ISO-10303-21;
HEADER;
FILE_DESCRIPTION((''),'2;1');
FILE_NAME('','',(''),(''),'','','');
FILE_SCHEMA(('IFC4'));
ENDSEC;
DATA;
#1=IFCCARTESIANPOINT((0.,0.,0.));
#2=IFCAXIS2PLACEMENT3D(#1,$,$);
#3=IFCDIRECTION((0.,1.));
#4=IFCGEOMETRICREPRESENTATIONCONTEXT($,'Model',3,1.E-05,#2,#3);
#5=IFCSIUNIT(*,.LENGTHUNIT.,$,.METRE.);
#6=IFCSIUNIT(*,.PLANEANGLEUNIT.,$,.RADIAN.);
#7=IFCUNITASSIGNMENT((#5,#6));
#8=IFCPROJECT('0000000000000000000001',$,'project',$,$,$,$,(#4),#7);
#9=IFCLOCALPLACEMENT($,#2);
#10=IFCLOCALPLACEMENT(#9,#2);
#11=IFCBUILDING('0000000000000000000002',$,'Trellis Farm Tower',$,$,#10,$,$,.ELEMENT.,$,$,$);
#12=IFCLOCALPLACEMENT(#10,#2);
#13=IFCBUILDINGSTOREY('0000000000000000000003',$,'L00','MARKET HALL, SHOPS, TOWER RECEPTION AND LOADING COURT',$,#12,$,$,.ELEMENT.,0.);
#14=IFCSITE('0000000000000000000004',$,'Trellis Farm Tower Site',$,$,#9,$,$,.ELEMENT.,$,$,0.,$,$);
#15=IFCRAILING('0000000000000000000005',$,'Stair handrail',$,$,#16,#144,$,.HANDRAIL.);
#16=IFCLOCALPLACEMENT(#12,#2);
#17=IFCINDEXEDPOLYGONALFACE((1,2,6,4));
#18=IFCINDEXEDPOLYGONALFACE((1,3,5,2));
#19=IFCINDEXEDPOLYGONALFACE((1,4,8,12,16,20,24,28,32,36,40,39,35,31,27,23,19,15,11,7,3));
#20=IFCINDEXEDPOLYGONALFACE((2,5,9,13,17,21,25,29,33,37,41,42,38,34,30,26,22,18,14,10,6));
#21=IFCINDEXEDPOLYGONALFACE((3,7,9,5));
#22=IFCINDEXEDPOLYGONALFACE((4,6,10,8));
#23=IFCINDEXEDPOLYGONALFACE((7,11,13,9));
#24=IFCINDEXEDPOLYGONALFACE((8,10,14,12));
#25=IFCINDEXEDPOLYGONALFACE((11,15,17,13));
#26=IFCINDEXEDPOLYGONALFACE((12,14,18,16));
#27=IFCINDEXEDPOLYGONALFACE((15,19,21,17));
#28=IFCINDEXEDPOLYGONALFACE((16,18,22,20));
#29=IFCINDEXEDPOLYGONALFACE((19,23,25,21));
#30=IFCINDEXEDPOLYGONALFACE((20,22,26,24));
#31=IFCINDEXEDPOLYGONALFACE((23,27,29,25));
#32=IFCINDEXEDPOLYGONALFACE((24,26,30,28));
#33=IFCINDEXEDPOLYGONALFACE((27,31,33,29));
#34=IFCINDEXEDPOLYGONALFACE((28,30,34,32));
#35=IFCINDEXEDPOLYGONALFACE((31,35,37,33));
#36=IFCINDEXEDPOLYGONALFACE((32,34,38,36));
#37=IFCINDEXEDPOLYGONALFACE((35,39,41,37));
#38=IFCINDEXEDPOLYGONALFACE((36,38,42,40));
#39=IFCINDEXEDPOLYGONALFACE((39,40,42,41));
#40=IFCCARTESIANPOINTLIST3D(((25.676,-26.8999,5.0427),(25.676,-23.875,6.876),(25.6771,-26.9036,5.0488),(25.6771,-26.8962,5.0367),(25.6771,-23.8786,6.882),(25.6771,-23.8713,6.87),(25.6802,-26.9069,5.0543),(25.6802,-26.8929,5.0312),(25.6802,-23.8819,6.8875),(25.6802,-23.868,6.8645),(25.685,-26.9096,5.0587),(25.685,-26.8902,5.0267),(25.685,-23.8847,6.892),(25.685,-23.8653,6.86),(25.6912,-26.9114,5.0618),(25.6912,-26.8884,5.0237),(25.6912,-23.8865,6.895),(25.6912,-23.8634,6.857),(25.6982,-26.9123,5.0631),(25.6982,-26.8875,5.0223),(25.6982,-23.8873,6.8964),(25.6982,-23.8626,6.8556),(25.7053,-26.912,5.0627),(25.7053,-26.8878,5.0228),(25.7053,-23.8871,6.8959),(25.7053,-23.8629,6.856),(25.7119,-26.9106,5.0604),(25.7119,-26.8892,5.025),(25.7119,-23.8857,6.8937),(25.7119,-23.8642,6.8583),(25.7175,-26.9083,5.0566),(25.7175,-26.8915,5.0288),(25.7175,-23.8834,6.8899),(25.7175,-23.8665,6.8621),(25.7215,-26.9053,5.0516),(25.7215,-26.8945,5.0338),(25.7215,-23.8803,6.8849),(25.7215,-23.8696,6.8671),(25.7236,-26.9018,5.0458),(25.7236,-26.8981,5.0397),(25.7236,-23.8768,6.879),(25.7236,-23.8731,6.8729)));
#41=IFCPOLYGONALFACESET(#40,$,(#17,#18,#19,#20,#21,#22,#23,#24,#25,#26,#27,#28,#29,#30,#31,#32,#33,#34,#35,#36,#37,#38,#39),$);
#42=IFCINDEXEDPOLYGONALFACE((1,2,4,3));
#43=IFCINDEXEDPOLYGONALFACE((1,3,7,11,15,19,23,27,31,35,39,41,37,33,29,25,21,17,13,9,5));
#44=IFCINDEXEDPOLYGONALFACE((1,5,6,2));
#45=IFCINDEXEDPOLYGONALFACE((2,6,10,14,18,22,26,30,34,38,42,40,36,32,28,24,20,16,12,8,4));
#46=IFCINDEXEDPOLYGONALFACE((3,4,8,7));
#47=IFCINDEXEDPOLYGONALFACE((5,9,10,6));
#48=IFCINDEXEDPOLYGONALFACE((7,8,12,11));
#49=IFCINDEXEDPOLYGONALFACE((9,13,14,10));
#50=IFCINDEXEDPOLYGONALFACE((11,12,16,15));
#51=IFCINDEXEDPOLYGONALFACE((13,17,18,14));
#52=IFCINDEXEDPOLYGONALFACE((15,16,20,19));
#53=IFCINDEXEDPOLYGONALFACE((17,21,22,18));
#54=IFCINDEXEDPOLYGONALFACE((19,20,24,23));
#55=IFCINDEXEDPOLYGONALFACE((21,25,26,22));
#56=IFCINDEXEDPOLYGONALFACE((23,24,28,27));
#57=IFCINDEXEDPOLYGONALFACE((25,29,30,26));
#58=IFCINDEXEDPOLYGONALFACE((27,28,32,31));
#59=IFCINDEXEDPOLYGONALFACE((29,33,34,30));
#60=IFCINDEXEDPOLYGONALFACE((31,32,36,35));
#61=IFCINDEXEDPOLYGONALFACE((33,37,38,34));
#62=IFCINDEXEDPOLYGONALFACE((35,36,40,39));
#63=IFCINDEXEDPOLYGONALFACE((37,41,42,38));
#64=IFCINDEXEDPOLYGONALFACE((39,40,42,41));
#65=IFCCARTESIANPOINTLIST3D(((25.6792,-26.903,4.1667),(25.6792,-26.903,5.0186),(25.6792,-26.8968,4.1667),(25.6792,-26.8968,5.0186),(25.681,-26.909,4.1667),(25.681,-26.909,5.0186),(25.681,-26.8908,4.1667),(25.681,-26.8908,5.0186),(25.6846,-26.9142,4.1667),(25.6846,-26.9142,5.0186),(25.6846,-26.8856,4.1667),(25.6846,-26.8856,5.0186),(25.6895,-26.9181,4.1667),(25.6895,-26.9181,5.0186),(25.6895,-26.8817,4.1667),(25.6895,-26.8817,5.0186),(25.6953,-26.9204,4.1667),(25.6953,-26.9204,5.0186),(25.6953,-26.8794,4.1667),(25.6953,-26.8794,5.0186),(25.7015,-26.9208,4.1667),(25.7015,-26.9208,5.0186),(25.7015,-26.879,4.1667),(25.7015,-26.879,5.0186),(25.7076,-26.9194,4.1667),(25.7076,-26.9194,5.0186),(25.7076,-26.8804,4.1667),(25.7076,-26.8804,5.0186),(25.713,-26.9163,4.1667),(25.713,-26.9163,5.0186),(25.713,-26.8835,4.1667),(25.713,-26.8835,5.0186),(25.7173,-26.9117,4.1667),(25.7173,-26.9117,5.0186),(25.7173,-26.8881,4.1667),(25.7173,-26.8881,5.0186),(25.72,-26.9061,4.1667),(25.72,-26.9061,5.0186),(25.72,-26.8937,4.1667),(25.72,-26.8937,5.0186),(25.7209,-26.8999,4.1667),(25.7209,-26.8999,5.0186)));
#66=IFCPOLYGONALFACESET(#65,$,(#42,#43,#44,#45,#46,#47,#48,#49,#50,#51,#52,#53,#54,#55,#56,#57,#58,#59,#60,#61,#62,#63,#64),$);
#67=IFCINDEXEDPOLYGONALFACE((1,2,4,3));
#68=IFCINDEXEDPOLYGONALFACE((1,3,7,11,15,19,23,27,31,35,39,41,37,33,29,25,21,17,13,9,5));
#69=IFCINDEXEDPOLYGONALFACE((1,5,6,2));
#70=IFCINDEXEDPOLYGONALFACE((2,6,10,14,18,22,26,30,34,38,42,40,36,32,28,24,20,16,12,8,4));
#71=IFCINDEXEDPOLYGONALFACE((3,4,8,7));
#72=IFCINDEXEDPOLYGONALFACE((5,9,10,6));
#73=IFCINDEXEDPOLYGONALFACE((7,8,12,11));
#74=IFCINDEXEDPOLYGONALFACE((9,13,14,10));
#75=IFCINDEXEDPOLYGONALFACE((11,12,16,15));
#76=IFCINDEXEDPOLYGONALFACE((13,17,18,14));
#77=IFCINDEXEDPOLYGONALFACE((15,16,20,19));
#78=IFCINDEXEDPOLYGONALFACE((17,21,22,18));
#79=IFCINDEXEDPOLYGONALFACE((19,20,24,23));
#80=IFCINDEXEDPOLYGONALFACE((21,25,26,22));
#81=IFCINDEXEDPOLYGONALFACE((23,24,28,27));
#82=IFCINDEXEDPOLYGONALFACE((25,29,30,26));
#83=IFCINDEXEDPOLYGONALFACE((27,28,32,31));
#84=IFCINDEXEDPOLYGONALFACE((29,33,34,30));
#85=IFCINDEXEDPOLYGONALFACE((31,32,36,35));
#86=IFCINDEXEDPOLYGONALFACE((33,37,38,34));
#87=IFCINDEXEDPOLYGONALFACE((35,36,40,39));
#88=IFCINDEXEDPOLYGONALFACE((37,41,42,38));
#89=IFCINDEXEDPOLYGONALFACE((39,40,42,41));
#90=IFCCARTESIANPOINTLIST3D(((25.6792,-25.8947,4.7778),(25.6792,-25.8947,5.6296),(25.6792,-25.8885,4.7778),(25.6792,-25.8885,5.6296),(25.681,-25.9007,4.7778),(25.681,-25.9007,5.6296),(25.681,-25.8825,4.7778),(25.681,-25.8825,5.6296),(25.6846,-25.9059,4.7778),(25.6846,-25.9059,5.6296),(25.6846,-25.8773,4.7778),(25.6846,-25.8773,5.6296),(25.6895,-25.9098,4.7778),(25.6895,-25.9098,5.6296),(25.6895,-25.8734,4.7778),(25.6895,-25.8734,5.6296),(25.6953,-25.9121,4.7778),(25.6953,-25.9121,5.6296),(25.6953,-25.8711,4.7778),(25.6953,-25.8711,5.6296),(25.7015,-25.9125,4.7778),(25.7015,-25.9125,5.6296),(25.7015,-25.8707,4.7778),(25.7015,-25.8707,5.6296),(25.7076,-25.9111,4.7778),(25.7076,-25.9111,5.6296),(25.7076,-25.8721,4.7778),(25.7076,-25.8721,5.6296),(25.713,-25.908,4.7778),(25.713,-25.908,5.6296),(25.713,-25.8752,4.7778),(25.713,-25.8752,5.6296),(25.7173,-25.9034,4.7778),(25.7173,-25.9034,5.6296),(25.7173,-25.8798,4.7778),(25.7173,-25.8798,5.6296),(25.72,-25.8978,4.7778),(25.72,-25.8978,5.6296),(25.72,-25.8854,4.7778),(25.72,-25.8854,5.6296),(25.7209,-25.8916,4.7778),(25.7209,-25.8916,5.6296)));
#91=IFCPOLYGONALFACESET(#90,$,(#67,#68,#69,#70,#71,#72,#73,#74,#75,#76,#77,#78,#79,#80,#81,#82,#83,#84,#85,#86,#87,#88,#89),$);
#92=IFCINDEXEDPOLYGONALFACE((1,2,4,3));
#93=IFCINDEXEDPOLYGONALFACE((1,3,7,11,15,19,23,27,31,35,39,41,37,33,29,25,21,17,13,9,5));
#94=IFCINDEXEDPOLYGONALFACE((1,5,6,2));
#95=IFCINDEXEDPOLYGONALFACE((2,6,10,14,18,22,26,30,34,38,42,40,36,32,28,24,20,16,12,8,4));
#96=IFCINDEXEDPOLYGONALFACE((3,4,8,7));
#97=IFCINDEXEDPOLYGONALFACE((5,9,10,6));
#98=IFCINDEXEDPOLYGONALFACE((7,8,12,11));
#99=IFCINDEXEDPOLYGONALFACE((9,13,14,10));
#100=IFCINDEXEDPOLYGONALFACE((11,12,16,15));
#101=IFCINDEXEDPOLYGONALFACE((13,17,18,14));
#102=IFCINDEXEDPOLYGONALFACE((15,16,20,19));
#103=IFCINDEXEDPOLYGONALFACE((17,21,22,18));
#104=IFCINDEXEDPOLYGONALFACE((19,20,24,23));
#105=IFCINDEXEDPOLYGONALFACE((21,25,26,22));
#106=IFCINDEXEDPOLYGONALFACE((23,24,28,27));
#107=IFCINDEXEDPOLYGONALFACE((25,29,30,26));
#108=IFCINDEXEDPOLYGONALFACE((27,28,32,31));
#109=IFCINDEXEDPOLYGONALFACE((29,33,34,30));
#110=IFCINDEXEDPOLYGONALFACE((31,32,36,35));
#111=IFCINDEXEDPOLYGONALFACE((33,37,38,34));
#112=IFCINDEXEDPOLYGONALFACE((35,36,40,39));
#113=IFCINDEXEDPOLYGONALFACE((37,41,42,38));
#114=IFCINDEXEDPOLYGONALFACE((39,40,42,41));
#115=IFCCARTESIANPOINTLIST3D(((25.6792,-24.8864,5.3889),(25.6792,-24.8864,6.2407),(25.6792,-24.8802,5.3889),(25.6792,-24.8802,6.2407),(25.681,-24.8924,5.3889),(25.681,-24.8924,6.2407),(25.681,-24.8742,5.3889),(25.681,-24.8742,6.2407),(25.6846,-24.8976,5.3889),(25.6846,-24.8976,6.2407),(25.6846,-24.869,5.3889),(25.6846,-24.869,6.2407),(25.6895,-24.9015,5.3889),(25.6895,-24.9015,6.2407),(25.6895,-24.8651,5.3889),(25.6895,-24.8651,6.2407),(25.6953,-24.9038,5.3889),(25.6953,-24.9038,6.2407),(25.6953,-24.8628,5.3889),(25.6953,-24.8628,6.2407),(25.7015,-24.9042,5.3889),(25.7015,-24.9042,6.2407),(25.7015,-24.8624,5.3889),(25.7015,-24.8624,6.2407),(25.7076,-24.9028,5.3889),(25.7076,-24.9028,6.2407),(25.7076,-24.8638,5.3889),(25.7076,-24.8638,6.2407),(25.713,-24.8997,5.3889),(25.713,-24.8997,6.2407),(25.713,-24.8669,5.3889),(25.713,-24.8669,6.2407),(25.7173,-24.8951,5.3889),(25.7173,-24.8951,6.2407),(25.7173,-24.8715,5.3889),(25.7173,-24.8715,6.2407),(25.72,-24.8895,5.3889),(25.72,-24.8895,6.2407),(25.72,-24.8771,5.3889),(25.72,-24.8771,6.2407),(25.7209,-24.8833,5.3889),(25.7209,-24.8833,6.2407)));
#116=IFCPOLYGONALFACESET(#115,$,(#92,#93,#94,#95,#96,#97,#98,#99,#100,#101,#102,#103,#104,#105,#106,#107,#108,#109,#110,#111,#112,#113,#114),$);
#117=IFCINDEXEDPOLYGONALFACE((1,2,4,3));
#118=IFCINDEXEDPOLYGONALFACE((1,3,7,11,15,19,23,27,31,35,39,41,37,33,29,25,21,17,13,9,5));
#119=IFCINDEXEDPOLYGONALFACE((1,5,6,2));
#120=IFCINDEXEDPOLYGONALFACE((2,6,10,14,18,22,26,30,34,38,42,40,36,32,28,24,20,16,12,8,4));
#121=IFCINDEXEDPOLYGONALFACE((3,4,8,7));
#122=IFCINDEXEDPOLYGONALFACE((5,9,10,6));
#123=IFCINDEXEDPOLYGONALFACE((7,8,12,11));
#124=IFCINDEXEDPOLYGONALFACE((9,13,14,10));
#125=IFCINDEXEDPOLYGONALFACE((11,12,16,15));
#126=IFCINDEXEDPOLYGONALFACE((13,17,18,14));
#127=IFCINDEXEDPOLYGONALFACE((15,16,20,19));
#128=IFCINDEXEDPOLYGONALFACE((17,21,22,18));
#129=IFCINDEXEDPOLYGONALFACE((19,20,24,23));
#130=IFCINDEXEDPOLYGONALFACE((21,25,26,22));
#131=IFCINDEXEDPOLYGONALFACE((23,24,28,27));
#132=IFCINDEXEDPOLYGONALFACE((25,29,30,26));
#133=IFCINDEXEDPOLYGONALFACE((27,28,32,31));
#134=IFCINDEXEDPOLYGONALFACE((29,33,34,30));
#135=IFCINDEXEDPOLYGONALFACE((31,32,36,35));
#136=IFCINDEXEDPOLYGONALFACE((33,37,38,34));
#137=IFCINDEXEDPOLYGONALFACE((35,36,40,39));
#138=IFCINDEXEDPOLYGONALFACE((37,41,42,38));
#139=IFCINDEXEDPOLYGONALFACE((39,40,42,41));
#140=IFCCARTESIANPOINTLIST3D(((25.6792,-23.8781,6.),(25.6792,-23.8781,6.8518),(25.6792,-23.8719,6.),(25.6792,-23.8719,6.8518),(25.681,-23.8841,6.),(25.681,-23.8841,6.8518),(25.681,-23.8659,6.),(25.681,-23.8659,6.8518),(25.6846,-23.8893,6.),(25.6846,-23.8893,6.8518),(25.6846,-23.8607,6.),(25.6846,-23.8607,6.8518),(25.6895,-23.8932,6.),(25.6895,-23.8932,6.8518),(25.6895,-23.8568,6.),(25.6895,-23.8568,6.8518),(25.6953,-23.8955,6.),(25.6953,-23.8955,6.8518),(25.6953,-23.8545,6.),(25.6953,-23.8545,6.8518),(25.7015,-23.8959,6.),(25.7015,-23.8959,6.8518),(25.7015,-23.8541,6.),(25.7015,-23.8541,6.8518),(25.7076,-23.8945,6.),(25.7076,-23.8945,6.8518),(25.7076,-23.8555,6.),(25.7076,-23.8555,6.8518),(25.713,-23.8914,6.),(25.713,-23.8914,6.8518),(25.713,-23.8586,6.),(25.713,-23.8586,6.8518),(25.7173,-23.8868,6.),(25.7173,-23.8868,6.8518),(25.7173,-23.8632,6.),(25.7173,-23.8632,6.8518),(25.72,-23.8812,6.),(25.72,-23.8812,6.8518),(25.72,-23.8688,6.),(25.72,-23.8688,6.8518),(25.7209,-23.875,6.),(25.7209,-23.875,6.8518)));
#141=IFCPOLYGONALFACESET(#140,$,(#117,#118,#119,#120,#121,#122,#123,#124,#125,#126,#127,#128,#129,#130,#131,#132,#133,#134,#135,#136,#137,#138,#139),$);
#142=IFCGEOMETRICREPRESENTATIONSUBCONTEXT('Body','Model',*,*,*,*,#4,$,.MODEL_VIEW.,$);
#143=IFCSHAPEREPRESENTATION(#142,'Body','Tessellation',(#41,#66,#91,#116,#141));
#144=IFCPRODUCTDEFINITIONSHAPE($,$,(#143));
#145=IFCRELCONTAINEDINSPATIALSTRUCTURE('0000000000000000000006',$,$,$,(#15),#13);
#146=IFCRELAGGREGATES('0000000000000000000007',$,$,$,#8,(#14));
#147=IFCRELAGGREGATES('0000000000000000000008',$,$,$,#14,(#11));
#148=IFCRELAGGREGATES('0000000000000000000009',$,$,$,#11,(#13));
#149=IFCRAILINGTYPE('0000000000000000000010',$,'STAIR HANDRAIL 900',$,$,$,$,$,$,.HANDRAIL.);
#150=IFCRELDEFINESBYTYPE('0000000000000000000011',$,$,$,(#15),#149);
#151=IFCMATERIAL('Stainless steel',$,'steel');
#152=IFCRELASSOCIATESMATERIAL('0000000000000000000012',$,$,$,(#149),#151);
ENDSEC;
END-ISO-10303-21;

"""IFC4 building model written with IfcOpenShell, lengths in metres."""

from ifc_helpers import new_model, si_unit, direction, frame, origin, origin_2d, place, context, subcontext, project, spatial, circle, extrude, source, transform, mapped, material, type_object, element, save


model = new_model("IFC4")

# Units and contexts
model_context = context("Model", 3, precision=1e-05, world=origin(), true_north=direction((0.0, 1.0)))
body_context = subcontext(model_context, "Body", "Model", "MODEL_VIEW")
ifc_project = project(units=[si_unit("LENGTHUNIT", "METRE"), si_unit("PLANEANGLEUNIT", "RADIAN")], contexts=[model_context])

# Site, building, storey
site_placement = place(None, origin())
site = spatial("IfcSite", under=ifc_project, at=site_placement, Name="Trellis Farm Tower Site", CompositionType="ELEMENT", RefElevation=0.0)
building_placement = place(site_placement, origin())
building = spatial("IfcBuilding", under=site, at=building_placement, Name="Trellis Farm Tower", CompositionType="ELEMENT")
storey_placement = place(building_placement, origin())
storey = spatial("IfcBuildingStorey", under=building, at=storey_placement, Name="L00", Description="MARKET HALL, SHOPS, TOWER RECEPTION AND LOADING COURT", CompositionType="ELEMENT", Elevation=0.0)

# Railing
ifc_material_1 = material(Name="Stainless steel", Category="steel")
railing_type = type_object("IfcRailingType", Name="STAIR HANDRAIL 900", PredefinedType="HANDRAIL", material=ifc_material_1)
shared_shape_1 = source(origin(), body_context, "Body", "SweptSolid", [
    extrude(circle(Radius=0.0239, at=origin_2d()), frame((0.0, 0.0, 0.876), z_axis=(0.0, 0.855201, 0.518297), x_axis=(-1.0, 0.0, 0.0)), (0.0, 0.0, 1.0), 3.5371),
    extrude(circle(Radius=0.021, at=origin_2d()), origin(), (0.0, 0.0, 1.0), 0.8518),
    extrude(circle(Radius=0.021, at=origin_2d()), frame((0.0, 1.0083, 0.6111)), (0.0, 0.0, 1.0), 0.8518),
    extrude(circle(Radius=0.021, at=origin_2d()), frame((0.0, 2.0166, 1.2222)), (0.0, 0.0, 1.0), 0.8518),
    extrude(circle(Radius=0.021, at=origin_2d()), frame((0.0, 3.0249, 1.8333)), (0.0, 0.0, 1.0), 0.8518),
])
for number, where, name in (
    (1, (25.7, -26.8999, 4.1667), "Stair handrail"),
):
    element("IfcRailing", number, at=place(storey_placement, frame(where)), inside=storey, type_object=railing_type, Name=name, PredefinedType="HANDRAIL", context=body_context, shape_type="MappedRepresentation", body=[
        mapped(shared_shape_1, transform((0.0, 0.0, 0.0))),
    ])

save(model, "model.ifc")
